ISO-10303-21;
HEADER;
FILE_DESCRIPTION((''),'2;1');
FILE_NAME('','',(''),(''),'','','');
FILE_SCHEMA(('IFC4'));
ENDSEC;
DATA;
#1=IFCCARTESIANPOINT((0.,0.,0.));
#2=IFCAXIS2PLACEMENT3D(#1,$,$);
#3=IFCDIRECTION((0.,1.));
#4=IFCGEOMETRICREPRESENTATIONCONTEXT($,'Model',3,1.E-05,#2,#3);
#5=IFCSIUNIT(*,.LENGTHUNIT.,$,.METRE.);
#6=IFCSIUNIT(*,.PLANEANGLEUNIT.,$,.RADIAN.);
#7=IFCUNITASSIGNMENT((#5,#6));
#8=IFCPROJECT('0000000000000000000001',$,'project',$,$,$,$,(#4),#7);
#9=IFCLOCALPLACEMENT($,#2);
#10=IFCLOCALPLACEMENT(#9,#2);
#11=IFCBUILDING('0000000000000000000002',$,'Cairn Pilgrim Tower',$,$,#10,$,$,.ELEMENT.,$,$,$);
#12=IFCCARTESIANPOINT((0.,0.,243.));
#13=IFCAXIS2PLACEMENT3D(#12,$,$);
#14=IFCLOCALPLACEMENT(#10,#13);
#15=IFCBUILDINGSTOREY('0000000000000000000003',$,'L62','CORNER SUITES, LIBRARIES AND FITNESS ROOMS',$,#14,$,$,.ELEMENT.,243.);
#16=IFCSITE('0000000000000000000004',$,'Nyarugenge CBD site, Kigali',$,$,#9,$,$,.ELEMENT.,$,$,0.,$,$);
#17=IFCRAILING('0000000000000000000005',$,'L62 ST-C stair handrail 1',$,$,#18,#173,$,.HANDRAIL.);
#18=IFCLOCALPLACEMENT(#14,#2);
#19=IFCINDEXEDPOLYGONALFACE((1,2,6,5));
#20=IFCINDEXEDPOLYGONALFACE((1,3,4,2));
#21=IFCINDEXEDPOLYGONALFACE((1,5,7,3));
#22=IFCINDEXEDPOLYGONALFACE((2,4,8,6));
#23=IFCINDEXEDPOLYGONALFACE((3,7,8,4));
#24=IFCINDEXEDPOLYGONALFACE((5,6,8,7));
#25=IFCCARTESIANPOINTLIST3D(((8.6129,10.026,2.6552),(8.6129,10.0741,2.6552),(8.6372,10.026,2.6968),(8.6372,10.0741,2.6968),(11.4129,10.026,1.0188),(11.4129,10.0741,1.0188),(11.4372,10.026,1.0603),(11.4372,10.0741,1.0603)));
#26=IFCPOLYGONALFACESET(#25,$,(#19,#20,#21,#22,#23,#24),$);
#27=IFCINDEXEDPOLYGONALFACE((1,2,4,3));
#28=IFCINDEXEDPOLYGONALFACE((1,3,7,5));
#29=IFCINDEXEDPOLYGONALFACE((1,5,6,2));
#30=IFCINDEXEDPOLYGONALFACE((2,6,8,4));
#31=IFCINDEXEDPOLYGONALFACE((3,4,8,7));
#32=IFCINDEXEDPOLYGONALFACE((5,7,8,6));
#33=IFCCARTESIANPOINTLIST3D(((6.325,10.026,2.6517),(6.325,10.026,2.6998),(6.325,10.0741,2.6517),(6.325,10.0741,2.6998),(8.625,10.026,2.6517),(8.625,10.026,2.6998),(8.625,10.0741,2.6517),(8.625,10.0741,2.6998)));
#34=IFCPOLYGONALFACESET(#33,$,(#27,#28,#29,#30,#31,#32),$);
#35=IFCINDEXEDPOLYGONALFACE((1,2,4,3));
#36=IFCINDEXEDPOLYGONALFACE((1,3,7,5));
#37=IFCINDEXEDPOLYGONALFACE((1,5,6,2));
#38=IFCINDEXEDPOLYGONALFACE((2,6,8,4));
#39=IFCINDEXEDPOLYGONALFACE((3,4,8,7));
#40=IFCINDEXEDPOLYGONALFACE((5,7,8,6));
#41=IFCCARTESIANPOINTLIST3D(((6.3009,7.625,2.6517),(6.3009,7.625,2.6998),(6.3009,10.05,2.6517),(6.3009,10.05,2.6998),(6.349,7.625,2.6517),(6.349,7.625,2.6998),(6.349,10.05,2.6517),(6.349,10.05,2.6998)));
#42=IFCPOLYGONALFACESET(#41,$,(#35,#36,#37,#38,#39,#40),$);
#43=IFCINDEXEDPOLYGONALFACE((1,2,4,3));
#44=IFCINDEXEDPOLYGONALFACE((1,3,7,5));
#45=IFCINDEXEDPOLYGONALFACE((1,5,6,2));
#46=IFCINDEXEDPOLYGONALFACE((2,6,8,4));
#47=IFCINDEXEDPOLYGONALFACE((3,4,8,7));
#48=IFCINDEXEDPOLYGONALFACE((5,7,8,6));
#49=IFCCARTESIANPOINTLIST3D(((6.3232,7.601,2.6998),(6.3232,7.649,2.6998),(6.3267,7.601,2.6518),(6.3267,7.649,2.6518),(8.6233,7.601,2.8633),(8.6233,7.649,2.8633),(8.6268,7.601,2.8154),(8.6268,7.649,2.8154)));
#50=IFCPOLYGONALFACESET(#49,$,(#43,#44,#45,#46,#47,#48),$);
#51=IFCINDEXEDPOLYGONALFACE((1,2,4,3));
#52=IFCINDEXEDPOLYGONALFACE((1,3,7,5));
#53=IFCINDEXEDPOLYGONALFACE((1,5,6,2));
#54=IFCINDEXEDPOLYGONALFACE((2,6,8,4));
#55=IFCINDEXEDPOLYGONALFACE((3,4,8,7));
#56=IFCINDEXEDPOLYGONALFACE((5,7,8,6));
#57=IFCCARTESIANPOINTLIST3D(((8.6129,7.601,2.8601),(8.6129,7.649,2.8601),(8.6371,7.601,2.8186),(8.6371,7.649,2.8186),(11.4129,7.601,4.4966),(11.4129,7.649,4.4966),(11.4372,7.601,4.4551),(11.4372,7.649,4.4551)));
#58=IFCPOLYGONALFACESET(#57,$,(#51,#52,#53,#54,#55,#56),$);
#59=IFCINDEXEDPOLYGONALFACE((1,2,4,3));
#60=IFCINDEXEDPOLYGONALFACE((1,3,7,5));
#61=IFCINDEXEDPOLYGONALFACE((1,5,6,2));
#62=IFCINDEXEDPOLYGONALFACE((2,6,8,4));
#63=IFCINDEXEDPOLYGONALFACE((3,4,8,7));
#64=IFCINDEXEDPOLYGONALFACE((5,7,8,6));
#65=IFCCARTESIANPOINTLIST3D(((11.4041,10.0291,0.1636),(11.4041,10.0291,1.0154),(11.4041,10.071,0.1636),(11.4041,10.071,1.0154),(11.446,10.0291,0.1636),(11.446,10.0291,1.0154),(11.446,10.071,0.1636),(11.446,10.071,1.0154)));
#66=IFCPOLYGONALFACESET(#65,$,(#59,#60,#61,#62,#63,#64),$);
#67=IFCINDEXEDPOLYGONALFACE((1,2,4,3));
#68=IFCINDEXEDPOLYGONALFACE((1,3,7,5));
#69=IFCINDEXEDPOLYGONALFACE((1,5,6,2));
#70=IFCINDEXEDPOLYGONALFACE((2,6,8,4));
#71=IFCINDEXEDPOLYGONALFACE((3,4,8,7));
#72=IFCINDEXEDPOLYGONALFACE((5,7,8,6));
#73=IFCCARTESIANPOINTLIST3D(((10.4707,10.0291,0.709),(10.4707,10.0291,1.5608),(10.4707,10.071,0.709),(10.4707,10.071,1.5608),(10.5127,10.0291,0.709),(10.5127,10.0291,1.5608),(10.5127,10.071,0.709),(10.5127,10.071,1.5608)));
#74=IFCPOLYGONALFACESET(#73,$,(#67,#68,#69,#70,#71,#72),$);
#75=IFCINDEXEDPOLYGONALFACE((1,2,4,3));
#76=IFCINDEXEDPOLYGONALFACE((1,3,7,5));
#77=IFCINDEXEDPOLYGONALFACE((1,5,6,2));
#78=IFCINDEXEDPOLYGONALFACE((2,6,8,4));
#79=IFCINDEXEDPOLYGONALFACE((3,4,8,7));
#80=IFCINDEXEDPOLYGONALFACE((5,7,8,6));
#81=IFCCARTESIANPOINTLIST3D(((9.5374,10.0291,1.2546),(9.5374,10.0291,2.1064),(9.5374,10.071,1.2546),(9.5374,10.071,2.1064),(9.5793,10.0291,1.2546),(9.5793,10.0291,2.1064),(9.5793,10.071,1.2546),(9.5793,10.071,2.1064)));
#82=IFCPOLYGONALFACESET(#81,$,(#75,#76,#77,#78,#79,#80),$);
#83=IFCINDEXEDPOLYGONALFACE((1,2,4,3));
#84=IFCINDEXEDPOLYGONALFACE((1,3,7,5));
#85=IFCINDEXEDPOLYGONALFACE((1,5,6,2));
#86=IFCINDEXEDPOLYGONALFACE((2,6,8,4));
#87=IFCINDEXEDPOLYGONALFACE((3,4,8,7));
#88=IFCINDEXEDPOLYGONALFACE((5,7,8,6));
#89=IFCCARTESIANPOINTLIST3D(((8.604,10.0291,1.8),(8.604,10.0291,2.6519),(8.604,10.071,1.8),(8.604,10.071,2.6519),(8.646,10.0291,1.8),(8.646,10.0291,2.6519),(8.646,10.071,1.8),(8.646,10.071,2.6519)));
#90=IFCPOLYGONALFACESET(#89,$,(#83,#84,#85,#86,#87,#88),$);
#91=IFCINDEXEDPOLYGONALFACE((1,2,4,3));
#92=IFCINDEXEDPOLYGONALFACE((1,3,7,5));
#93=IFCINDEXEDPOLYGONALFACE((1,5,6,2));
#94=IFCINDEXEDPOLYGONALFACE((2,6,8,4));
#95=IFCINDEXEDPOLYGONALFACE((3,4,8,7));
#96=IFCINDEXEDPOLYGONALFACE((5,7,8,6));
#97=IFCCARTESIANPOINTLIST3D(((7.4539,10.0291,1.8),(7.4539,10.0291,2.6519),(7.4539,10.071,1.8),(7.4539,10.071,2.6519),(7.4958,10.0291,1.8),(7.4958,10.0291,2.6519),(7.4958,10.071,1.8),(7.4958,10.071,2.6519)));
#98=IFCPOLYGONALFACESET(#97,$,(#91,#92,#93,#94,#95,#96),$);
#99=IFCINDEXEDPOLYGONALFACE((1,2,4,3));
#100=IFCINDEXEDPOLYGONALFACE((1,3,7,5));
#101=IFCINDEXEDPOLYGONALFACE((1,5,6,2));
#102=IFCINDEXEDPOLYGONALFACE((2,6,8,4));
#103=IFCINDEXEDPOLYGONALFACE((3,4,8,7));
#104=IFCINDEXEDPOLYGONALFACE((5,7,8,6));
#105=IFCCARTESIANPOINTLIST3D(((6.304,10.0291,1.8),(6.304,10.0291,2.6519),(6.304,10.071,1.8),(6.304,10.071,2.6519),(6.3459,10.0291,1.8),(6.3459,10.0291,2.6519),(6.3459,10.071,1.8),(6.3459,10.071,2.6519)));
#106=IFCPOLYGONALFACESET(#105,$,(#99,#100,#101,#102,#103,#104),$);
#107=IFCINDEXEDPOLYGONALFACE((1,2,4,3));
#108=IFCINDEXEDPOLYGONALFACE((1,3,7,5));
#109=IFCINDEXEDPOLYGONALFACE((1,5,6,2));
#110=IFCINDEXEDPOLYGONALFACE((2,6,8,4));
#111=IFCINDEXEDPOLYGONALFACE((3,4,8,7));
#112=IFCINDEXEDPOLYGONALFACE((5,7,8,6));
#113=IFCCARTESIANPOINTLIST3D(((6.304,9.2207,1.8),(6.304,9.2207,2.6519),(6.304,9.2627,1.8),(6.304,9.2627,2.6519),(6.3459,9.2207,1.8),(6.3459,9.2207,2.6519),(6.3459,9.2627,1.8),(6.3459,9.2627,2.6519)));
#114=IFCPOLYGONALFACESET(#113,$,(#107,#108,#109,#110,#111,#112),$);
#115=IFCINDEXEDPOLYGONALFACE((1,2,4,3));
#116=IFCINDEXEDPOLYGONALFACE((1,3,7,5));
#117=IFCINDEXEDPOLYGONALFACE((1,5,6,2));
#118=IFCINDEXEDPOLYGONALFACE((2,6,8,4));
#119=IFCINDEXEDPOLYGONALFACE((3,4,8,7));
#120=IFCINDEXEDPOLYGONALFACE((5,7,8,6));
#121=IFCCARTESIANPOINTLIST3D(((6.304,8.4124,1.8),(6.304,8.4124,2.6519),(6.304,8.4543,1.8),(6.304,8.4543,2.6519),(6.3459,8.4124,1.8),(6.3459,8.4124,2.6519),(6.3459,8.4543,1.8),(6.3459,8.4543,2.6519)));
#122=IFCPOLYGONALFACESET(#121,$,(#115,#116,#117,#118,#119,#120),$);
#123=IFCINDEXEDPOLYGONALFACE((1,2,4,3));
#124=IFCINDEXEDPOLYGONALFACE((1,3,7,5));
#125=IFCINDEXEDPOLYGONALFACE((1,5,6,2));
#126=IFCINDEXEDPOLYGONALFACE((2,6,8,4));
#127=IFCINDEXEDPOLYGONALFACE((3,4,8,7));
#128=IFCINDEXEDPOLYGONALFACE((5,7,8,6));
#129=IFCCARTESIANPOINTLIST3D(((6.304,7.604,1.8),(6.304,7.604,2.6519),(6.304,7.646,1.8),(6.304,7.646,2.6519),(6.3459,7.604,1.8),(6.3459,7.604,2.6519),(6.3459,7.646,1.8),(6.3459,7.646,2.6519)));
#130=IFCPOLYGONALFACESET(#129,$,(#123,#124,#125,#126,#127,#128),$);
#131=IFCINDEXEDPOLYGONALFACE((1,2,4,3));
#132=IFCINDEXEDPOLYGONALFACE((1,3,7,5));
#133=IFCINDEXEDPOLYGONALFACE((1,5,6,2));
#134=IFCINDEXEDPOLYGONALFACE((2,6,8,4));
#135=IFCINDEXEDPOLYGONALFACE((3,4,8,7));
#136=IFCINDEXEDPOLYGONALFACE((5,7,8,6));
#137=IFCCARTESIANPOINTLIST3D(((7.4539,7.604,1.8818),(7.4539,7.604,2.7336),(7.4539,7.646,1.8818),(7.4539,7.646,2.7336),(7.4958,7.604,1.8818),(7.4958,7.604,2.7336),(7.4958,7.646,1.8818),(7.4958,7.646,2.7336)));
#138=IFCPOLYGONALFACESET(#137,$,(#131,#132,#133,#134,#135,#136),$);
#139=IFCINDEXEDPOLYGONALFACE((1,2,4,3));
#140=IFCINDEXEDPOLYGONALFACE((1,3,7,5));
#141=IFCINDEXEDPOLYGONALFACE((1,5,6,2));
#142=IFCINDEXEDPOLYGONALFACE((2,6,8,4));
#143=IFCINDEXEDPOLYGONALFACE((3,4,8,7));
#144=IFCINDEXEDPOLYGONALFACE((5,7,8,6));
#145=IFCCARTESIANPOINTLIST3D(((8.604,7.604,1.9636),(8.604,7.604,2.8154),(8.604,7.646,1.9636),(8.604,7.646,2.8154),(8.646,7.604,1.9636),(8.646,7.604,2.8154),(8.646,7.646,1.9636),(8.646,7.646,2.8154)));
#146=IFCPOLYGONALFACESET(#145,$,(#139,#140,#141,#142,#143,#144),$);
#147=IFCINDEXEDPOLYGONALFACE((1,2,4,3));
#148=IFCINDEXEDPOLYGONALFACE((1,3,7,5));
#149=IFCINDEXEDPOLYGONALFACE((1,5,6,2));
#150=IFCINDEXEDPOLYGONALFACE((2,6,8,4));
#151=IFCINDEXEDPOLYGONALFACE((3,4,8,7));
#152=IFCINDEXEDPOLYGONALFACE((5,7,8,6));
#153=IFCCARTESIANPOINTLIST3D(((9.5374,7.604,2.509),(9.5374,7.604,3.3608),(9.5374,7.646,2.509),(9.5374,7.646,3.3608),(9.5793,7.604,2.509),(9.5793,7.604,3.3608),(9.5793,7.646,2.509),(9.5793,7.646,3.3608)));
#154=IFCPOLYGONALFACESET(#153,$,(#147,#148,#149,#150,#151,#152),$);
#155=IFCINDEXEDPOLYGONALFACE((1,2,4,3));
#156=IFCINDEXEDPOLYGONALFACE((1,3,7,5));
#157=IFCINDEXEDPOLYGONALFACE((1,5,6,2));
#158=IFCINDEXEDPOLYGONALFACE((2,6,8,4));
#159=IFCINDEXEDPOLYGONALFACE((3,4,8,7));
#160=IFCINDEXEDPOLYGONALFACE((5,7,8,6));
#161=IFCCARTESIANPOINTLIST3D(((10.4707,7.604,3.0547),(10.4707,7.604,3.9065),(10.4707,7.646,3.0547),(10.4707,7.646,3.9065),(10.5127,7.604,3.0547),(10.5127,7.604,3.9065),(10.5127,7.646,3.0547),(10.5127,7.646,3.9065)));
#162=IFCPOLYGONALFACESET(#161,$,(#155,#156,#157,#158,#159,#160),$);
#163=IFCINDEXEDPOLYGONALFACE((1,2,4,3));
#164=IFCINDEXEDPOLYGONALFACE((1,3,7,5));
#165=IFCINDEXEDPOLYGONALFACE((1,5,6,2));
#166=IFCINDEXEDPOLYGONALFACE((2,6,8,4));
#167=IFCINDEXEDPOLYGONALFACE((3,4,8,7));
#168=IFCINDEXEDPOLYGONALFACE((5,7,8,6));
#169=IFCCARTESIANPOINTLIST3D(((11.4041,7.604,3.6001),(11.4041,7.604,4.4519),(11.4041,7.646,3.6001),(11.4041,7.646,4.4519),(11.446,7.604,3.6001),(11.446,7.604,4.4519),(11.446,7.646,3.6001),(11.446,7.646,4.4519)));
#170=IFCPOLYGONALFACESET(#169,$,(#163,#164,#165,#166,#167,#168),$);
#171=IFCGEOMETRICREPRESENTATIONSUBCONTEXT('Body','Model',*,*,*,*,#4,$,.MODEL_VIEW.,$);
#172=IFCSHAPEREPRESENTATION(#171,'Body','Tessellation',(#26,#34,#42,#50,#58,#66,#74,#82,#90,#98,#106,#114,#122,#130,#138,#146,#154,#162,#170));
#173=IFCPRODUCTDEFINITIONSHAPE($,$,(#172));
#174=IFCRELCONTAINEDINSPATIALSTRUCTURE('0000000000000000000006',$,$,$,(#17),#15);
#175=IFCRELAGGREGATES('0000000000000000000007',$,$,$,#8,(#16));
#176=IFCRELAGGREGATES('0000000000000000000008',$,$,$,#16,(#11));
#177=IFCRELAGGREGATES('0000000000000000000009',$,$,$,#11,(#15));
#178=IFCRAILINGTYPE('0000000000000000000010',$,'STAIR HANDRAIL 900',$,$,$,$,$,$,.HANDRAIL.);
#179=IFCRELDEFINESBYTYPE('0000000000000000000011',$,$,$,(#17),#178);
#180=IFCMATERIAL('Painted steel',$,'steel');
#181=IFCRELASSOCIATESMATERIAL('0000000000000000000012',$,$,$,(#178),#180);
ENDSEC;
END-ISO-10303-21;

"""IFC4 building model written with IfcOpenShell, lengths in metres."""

from ifc_helpers import new_model, si_unit, direction, frame, origin, origin_2d, place, context, subcontext, project, spatial, rectangle, extrude, material, type_object, element, save


model = new_model("IFC4")

# Units and contexts
model_context = context("Model", 3, precision=1e-05, world=origin(), true_north=direction((0.0, 1.0)))
body_context = subcontext(model_context, "Body", "Model", "MODEL_VIEW")
ifc_project = project(units=[si_unit("LENGTHUNIT", "METRE"), si_unit("PLANEANGLEUNIT", "RADIAN")], contexts=[model_context])

# Site, building, storey
site_placement = place(None, origin())
site = spatial("IfcSite", under=ifc_project, at=site_placement, Name="Nyarugenge CBD site, Kigali", CompositionType="ELEMENT", RefElevation=0.0)
building_placement = place(site_placement, origin())
building = spatial("IfcBuilding", under=site, at=building_placement, Name="Cairn Pilgrim Tower", CompositionType="ELEMENT")
storey_placement = place(building_placement, frame((0.0, 0.0, 243.0)))
storey = spatial("IfcBuildingStorey", under=building, at=storey_placement, Name="L62", Description="CORNER SUITES, LIBRARIES AND FITNESS ROOMS", CompositionType="ELEMENT", Elevation=243.0)

# Shared definitions
ifc_material_1 = material(Name="Painted steel", Category="steel")

# Railing
railing_type_1 = type_object("IfcRailingType", Name="STAIR HANDRAIL 900", PredefinedType="HANDRAIL", material=ifc_material_1)
railing_1_placement = place(storey_placement, frame((11.425, 10.05, 0.1636)))
element("IfcRailing", 1, at=railing_1_placement, inside=storey, type_object=railing_type_1, Name="L62 ST-C stair handrail 1", PredefinedType="HANDRAIL", context=body_context, shape_type="SweptSolid", body=[
    extrude(rectangle(XDim=0.0481, YDim=0.0481, at=origin_2d()), frame((0.0, 0.0, 0.876), z_axis=(-0.863361, 0.0, 0.504587), x_axis=(0.0, -1.0, 0.0)), (0.0, 0.0, 1.0), 3.2432),
    extrude(rectangle(XDim=0.0481, YDim=0.0481, at=origin_2d()), frame((-2.8, 0.0, 2.5122), z_axis=(-1.0, 0.0, 0.0), x_axis=(0.0, -1.0, 0.0)), (0.0, 0.0, 1.0), 2.3),
    extrude(rectangle(XDim=0.0481, YDim=0.0481, at=origin_2d()), frame((-5.1001, 0.0, 2.5122), z_axis=(0.0, -1.0, 0.0), x_axis=(1.0, 0.0, 0.0)), (0.0, 0.0, 1.0), 2.425),
    extrude(rectangle(XDim=0.0481, YDim=0.0481, at=origin_2d()), frame((-5.1001, -2.425, 2.5122), z_axis=(0.997481, 0.0, 0.070939), x_axis=(0.0, 1.0, 0.0)), (0.0, 0.0, 1.0), 2.3059),
    extrude(rectangle(XDim=0.0481, YDim=0.0481, at=origin_2d()), frame((-2.8, -2.425, 2.6758), z_axis=(0.863361, 0.0, 0.504587), x_axis=(0.0, 1.0, 0.0)), (0.0, 0.0, 1.0), 3.2432),
    extrude(rectangle(XDim=0.042, YDim=0.042, at=origin_2d()), origin(), (0.0, 0.0, 1.0), 0.8518),
    extrude(rectangle(XDim=0.042, YDim=0.042, at=origin_2d()), frame((-0.9333, 0.0, 0.5454)), (0.0, 0.0, 1.0), 0.8518),
    extrude(rectangle(XDim=0.042, YDim=0.042, at=origin_2d()), frame((-1.8667, 0.0, 1.0911)), (0.0, 0.0, 1.0), 0.8518),
    extrude(rectangle(XDim=0.042, YDim=0.042, at=origin_2d()), frame((-2.8, 0.0, 1.6365)), (0.0, 0.0, 1.0), 0.8518),
    extrude(rectangle(XDim=0.042, YDim=0.042, at=origin_2d()), frame((-3.9502, 0.0, 1.6365)), (0.0, 0.0, 1.0), 0.8518),
    extrude(rectangle(XDim=0.042, YDim=0.042, at=origin_2d()), frame((-5.1001, 0.0, 1.6365)), (0.0, 0.0, 1.0), 0.8518),
    extrude(rectangle(XDim=0.042, YDim=0.042, at=origin_2d()), frame((-5.1001, -0.8083, 1.6365)), (0.0, 0.0, 1.0), 0.8518),
    extrude(rectangle(XDim=0.042, YDim=0.042, at=origin_2d()), frame((-5.1001, -1.6167, 1.6365)), (0.0, 0.0, 1.0), 0.8518),
    extrude(rectangle(XDim=0.042, YDim=0.042, at=origin_2d()), frame((-5.1001, -2.425, 1.6365)), (0.0, 0.0, 1.0), 0.8518),
    extrude(rectangle(XDim=0.042, YDim=0.042, at=origin_2d()), frame((-3.9502, -2.425, 1.7183)), (0.0, 0.0, 1.0), 0.8518),
    extrude(rectangle(XDim=0.042, YDim=0.042, at=origin_2d()), frame((-2.8, -2.425, 1.8)), (0.0, 0.0, 1.0), 0.8518),
    extrude(rectangle(XDim=0.042, YDim=0.042, at=origin_2d()), frame((-1.8667, -2.425, 2.3455)), (0.0, 0.0, 1.0), 0.8518),
    extrude(rectangle(XDim=0.042, YDim=0.042, at=origin_2d()), frame((-0.9333, -2.425, 2.8911)), (0.0, 0.0, 1.0), 0.8518),
    extrude(rectangle(XDim=0.042, YDim=0.042, at=origin_2d()), frame((0.0, -2.425, 3.4365)), (0.0, 0.0, 1.0), 0.8518),
])

save(model, "model.ifc")
